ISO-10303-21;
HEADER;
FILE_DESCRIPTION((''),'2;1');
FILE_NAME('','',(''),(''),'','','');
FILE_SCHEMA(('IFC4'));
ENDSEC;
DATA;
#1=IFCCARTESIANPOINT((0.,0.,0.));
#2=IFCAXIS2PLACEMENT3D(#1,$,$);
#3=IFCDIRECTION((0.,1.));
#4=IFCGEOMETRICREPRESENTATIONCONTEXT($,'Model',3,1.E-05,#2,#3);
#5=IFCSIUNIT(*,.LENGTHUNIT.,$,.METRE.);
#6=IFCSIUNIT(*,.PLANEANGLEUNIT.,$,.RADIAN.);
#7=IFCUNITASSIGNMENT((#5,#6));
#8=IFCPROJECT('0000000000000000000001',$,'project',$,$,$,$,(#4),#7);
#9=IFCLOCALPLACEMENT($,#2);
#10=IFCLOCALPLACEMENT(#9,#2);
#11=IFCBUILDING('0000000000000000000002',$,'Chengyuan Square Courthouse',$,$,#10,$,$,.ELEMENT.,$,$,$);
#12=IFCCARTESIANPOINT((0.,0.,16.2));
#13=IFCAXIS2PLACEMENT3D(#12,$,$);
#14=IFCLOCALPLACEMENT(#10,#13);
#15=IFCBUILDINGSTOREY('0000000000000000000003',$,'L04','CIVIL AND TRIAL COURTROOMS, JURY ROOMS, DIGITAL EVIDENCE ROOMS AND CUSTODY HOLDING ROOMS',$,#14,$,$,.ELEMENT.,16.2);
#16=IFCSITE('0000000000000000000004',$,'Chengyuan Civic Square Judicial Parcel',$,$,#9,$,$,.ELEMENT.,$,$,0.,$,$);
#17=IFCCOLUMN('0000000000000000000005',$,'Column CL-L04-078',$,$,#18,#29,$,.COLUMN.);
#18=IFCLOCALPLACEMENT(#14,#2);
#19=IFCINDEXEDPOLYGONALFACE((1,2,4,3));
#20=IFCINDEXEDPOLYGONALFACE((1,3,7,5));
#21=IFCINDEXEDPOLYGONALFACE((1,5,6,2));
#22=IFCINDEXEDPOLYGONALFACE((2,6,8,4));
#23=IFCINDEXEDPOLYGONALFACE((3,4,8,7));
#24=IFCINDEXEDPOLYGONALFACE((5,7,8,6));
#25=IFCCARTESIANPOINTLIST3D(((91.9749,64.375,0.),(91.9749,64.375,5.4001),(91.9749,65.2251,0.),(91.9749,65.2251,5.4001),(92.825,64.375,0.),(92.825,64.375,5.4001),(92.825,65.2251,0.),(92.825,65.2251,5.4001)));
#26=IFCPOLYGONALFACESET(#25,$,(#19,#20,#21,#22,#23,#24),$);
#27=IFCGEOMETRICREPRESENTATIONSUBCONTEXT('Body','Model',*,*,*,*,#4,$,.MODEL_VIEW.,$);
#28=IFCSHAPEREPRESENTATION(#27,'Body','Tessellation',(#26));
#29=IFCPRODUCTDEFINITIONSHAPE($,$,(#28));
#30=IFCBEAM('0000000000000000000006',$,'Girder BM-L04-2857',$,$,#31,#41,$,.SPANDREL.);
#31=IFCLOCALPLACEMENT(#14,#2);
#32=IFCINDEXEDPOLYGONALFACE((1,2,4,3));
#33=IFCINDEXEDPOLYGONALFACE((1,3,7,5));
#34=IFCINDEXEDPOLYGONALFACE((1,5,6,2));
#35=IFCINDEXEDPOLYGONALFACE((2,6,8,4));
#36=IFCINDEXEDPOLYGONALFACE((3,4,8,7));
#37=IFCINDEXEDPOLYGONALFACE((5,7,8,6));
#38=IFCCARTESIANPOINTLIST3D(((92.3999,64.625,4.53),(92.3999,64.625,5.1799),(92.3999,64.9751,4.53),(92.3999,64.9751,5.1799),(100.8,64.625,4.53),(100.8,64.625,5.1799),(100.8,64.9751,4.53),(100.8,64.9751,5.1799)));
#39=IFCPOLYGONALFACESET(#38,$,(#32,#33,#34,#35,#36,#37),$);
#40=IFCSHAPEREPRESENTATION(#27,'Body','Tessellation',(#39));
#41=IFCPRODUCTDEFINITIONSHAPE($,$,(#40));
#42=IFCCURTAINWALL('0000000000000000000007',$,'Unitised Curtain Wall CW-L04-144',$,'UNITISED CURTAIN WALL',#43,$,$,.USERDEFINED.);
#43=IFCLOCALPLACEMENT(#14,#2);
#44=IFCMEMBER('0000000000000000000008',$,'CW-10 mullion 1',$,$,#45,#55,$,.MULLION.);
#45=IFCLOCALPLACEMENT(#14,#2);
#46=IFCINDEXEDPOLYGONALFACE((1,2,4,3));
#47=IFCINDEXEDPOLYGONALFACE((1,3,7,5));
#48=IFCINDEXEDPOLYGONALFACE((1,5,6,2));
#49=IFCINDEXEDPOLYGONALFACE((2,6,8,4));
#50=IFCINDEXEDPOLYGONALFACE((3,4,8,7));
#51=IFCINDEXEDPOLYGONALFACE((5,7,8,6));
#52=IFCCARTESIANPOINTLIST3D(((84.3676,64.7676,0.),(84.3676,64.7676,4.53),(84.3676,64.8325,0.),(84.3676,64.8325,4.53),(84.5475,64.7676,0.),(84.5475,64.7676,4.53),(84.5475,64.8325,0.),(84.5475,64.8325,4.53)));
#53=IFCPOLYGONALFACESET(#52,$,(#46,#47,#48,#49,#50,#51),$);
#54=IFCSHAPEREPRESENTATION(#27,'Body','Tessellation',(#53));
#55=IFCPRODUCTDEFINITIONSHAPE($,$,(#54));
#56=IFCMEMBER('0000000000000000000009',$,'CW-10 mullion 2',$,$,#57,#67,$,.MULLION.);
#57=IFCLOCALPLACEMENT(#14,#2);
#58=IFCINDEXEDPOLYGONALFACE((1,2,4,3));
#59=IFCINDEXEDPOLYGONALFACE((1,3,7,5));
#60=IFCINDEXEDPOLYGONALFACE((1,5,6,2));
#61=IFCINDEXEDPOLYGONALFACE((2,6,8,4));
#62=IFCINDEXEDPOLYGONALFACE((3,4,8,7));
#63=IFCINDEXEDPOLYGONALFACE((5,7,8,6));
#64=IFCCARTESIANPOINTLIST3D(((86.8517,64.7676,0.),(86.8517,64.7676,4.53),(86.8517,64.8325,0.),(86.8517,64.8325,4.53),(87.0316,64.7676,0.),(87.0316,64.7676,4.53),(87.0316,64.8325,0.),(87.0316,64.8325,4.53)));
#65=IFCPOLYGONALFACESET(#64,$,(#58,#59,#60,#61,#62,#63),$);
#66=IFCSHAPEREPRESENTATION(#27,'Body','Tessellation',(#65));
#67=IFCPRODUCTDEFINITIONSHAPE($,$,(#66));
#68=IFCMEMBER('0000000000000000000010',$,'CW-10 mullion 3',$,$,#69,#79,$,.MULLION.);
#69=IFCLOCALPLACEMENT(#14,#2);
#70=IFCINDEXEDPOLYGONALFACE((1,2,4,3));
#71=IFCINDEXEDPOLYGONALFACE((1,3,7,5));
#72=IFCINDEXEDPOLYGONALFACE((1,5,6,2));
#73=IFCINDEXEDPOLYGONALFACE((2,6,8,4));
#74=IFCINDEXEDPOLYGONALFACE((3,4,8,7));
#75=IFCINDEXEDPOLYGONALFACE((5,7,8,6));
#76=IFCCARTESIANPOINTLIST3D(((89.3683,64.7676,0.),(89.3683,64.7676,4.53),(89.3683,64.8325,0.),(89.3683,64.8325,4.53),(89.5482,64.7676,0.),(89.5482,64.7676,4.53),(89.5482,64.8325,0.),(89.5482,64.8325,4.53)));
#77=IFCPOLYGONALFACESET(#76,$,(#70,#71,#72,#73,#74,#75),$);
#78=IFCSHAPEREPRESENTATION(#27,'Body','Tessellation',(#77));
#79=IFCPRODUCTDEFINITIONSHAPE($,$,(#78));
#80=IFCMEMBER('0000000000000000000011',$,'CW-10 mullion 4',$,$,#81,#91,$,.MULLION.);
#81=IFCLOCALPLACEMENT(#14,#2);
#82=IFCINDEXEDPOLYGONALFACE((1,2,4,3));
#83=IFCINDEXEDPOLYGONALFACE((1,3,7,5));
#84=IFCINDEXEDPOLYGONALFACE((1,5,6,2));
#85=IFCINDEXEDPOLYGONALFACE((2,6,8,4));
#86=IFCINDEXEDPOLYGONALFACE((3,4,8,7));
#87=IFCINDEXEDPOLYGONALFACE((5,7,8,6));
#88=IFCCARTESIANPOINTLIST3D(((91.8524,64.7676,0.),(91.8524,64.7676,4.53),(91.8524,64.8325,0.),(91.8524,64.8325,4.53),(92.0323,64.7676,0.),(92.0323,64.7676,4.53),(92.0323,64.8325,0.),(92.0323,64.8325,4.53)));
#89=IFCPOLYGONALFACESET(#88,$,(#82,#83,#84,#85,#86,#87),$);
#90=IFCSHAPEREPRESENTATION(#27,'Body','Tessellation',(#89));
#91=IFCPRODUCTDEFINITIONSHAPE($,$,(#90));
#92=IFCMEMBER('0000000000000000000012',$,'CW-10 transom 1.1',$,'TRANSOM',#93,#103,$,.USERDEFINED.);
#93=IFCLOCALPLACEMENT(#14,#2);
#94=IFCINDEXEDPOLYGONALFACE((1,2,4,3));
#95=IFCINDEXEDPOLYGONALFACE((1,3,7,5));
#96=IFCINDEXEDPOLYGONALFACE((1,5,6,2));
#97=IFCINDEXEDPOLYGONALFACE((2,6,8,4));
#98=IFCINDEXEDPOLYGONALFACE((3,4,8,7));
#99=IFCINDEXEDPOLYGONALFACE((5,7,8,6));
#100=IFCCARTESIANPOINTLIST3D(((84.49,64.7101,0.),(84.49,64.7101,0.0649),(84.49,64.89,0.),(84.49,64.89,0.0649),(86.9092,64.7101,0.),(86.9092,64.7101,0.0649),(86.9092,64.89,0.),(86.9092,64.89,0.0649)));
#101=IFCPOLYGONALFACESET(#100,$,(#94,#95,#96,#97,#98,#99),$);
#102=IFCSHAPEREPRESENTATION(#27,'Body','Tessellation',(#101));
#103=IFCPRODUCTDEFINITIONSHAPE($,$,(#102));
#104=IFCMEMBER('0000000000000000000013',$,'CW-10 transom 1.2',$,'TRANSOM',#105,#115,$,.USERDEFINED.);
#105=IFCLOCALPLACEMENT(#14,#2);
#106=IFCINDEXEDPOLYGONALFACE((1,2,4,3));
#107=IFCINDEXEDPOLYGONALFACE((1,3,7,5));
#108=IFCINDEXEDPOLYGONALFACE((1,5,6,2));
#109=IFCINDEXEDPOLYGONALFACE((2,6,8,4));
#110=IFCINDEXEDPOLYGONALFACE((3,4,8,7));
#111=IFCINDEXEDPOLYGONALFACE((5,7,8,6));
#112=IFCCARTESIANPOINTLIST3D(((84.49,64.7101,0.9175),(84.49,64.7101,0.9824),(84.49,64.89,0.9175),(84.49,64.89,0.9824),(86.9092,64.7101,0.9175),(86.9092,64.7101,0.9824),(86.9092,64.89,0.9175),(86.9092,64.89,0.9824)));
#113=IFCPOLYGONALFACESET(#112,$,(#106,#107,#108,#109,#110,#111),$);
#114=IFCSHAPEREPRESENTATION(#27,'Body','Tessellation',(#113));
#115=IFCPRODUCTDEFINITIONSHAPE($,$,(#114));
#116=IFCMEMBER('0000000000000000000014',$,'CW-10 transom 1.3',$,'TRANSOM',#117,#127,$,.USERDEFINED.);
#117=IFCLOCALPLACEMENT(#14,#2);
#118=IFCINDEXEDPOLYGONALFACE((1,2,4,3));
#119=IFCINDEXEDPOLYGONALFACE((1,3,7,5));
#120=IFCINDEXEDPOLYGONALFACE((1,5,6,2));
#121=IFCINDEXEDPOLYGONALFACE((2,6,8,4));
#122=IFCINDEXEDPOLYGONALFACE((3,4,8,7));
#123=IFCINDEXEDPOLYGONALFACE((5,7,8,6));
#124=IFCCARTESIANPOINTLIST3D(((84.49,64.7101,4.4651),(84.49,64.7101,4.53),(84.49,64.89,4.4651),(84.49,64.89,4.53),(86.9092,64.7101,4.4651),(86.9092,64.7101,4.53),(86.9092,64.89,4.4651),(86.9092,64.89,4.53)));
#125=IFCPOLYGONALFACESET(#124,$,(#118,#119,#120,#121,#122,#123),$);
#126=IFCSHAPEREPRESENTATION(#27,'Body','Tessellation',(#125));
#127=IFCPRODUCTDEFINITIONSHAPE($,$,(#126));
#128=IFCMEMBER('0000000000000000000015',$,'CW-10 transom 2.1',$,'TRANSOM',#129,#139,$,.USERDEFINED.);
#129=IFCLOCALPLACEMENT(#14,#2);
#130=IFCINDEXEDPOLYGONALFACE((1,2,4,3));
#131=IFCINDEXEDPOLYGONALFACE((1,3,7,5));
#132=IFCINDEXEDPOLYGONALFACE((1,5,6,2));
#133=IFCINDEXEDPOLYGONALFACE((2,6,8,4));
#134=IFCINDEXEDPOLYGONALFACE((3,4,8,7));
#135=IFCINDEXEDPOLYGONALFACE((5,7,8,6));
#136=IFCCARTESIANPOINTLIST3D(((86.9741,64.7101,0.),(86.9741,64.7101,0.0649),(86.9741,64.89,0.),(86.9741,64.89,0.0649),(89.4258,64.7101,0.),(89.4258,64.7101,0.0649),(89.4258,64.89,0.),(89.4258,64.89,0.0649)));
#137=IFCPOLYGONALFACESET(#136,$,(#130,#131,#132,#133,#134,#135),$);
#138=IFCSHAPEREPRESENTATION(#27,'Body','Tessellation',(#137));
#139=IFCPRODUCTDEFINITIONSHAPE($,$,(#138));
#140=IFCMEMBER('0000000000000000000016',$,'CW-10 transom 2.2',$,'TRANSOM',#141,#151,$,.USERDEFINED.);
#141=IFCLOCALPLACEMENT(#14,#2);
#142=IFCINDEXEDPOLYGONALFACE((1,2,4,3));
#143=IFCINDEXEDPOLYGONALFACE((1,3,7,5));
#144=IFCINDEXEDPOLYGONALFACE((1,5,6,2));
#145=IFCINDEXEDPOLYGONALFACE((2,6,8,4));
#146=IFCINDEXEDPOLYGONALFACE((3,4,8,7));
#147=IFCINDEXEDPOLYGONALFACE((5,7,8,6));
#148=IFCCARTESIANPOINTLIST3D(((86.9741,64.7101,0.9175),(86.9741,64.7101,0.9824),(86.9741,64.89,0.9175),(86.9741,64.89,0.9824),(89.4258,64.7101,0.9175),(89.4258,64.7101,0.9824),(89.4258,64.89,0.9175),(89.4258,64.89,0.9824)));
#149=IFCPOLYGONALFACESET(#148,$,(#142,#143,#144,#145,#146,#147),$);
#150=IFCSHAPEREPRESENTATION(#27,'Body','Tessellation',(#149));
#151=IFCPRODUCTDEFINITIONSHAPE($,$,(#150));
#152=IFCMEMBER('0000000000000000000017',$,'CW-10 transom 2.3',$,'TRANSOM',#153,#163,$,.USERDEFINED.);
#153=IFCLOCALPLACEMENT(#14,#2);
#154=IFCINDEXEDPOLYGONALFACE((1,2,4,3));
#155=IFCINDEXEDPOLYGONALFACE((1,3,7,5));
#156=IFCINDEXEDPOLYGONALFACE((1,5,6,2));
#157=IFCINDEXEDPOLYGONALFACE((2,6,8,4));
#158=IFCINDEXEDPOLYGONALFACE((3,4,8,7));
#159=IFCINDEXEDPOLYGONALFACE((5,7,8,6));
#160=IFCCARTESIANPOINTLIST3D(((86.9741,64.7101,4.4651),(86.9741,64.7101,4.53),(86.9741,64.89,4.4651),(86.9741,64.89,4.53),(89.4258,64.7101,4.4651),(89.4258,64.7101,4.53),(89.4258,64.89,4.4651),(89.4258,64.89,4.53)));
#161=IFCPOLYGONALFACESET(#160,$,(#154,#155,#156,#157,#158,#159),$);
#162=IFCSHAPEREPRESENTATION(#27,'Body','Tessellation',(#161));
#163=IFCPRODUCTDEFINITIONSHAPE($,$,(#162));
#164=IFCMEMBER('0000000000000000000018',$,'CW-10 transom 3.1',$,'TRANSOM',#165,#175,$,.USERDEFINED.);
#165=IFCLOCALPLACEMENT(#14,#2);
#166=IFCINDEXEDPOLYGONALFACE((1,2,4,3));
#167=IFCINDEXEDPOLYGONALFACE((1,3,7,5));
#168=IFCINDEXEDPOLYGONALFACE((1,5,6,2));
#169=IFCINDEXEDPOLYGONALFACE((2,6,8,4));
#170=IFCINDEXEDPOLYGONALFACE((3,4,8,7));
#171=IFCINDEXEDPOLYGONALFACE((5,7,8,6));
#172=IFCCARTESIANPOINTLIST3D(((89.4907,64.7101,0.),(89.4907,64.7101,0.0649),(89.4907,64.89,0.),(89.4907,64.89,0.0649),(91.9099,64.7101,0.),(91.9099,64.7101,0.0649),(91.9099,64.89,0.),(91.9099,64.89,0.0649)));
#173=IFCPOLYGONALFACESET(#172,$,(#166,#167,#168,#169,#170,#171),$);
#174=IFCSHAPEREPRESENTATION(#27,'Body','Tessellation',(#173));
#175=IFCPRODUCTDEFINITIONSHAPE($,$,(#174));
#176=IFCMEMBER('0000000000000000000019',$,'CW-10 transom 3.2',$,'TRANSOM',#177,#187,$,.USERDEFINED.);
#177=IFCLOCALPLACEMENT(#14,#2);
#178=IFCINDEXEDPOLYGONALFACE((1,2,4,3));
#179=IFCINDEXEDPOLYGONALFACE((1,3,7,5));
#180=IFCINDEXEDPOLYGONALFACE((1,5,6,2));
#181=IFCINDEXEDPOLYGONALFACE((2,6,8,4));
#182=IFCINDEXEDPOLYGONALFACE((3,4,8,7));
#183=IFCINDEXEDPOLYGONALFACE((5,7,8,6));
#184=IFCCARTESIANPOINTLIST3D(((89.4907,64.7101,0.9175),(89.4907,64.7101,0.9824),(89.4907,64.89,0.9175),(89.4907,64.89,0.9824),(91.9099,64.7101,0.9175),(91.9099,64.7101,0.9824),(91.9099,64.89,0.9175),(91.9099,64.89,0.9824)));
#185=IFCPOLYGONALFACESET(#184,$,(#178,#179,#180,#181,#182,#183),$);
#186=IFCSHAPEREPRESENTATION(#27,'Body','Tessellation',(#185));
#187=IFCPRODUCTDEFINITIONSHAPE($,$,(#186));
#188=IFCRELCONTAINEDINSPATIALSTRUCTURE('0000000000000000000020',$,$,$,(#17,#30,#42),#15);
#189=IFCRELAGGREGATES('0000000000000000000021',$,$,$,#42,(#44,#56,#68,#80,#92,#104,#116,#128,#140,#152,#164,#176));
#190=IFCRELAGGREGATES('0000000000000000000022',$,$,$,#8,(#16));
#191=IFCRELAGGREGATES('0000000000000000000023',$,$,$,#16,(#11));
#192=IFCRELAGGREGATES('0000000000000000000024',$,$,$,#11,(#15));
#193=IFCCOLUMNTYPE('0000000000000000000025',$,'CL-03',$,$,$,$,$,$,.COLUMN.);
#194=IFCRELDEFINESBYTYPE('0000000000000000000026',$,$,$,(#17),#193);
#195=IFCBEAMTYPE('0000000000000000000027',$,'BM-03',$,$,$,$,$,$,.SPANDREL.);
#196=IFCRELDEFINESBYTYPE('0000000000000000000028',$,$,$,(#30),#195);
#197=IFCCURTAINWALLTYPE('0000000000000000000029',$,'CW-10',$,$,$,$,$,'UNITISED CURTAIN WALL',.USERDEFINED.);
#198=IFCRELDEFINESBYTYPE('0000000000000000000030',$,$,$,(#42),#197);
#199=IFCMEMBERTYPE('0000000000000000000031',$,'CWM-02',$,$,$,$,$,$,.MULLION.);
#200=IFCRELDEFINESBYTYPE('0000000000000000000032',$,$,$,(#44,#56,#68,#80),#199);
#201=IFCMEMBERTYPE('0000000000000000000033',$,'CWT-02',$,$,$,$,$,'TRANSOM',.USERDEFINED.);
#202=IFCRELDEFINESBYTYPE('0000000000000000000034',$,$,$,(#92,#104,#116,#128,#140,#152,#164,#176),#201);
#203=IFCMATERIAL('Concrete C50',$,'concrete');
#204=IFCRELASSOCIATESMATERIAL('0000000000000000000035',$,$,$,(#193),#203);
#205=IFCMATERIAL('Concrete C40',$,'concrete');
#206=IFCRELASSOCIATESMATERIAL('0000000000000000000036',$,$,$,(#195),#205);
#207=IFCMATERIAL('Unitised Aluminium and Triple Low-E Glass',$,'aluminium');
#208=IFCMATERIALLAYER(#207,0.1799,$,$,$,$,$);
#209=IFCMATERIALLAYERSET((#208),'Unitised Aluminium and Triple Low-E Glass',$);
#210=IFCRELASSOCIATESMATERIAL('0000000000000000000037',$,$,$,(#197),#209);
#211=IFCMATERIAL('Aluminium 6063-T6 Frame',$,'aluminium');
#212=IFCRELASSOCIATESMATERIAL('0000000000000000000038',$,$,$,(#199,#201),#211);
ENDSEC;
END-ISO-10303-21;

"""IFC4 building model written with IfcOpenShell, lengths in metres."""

from ifc_helpers import new_model, si_unit, direction, frame, origin, origin_2d, place, context, subcontext, project, spatial, rectangle, extrude, material, layer, layer_set, material_profile, profile_set, type_object, element, aggregate, save


model = new_model("IFC4")

# Units and contexts
model_context = context("Model", 3, precision=1e-05, world=origin(), true_north=direction((0.0, 1.0)))
body_context = subcontext(model_context, "Body", "Model", "MODEL_VIEW")
ifc_project = project(units=[si_unit("LENGTHUNIT", "METRE"), si_unit("PLANEANGLEUNIT", "RADIAN")], contexts=[model_context])

# Site, building, storey
site_placement = place(None, origin())
site = spatial("IfcSite", under=ifc_project, at=site_placement, Name="Chengyuan Civic Square Judicial Parcel", CompositionType="ELEMENT", RefElevation=0.0)
building_placement = place(site_placement, origin())
building = spatial("IfcBuilding", under=site, at=building_placement, Name="Chengyuan Square Courthouse", CompositionType="ELEMENT")
storey_placement = place(building_placement, frame((0.0, 0.0, 16.2)))
storey = spatial("IfcBuildingStorey", under=building, at=storey_placement, Name="L04", Description="CIVIL AND TRIAL COURTROOMS, JURY ROOMS, DIGITAL EVIDENCE ROOMS AND CUSTODY HOLDING ROOMS", CompositionType="ELEMENT", Elevation=16.2)

# Column
ifc_material_1 = material(Name="Concrete C50", Category="concrete")
ifc_material_profile_1 = material_profile(ifc_material_1, rectangle(XDim=0.8501, YDim=0.8501, at=origin_2d()), Name="RC-COL-850x850")
ifc_profile_set_1 = profile_set([ifc_material_profile_1], Name="Concrete C50")
column_type = type_object("IfcColumnType", Name="CL-03", PredefinedType="COLUMN", material=ifc_profile_set_1)
column_placement = place(storey_placement, frame((92.3999, 64.8, 0.0), z_axis=(0.0, 0.0, 1.0), x_axis=(1.0, 0.0, 0.0)))
element("IfcColumn", 1, at=column_placement, inside=storey, type_object=column_type, Name="Column CL-L04-078", PredefinedType="COLUMN", context=body_context, shape_type="SweptSolid", body=[
    extrude(rectangle(XDim=0.8501, YDim=0.8501, at=origin_2d()), origin(), (0.0, 0.0, 1.0), 5.4001),
])

# Beam
ifc_material_2 = material(Name="Concrete C40", Category="concrete")
ifc_material_profile_2 = material_profile(ifc_material_2, rectangle(XDim=0.3501, YDim=0.6499, at=origin_2d()), Name="RC-BM-350x650")
ifc_profile_set_2 = profile_set([ifc_material_profile_2], Name="Concrete C40")
beam_type_1 = type_object("IfcBeamType", Name="BM-03", PredefinedType="SPANDREL", material=ifc_profile_set_2)
beam_1_placement = place(storey_placement, frame((92.3999, 64.8, 4.855), z_axis=(1.0, 0.0, 0.0), x_axis=(0.0, 1.0, 0.0)))
element("IfcBeam", 2, at=beam_1_placement, inside=storey, type_object=beam_type_1, Name="Girder BM-L04-2857", PredefinedType="SPANDREL", context=body_context, shape_type="SweptSolid", body=[
    extrude(rectangle(XDim=0.3501, YDim=0.6499, at=origin_2d()), origin(), (0.0, 0.0, 1.0), 8.4001),
])

# Curtain wall, members
ifc_material_3 = material(Name="Unitised Aluminium and Triple Low-E Glass", Category="aluminium")
ifc_layer_1 = layer(ifc_material_3, 0.1799)
ifc_layer_set_1 = layer_set([ifc_layer_1], Name="Unitised Aluminium and Triple Low-E Glass")
curtain_wall_type = type_object("IfcCurtainWallType", Name="CW-10", ElementType="UNITISED CURTAIN WALL", PredefinedType="USERDEFINED", material=ifc_layer_set_1)
curtain_wall_placement = place(storey_placement, origin())
curtain_wall = element("IfcCurtainWall", 3, at=curtain_wall_placement, inside=storey, type_object=curtain_wall_type, Name="Unitised Curtain Wall CW-L04-144", ObjectType="UNITISED CURTAIN WALL", PredefinedType="USERDEFINED")
ifc_material_4 = material(Name="Aluminium 6063-T6 Frame", Category="aluminium")
ifc_material_profile_3 = material_profile(ifc_material_4, rectangle(XDim=0.0649, YDim=0.1799, at=origin_2d()), Name="CW-MUL-65x180")
ifc_profile_set_3 = profile_set([ifc_material_profile_3], Name="Aluminium 6063-T6 Frame")
member_type_1 = type_object("IfcMemberType", Name="CWM-02", PredefinedType="MULLION", material=ifc_profile_set_3)
member_1_placement = place(storey_placement, frame((84.4575, 64.8, 0.0), z_axis=(0.0, 0.0, 1.0), x_axis=(0.0, 1.0, 0.0)))
member_1 = element("IfcMember", 4, at=member_1_placement, type_object=member_type_1, Name="CW-10 mullion 1", PredefinedType="MULLION", context=body_context, shape_type="SweptSolid", body=[
    extrude(rectangle(XDim=0.0649, YDim=0.1799, at=origin_2d()), origin(), (0.0, 0.0, 1.0), 4.53),
])
member_2_placement = place(storey_placement, frame((86.9417, 64.8, 0.0), z_axis=(0.0, 0.0, 1.0), x_axis=(0.0, 1.0, 0.0)))
member_2 = element("IfcMember", 5, at=member_2_placement, type_object=member_type_1, Name="CW-10 mullion 2", PredefinedType="MULLION", context=body_context, shape_type="SweptSolid", body=[
    extrude(rectangle(XDim=0.0649, YDim=0.1799, at=origin_2d()), origin(), (0.0, 0.0, 1.0), 4.53),
])
member_3_placement = place(storey_placement, frame((89.4583, 64.8, 0.0), z_axis=(0.0, 0.0, 1.0), x_axis=(0.0, 1.0, 0.0)))
member_3 = element("IfcMember", 6, at=member_3_placement, type_object=member_type_1, Name="CW-10 mullion 3", PredefinedType="MULLION", context=body_context, shape_type="SweptSolid", body=[
    extrude(rectangle(XDim=0.0649, YDim=0.1799, at=origin_2d()), origin(), (0.0, 0.0, 1.0), 4.53),
])
member_4_placement = place(storey_placement, frame((91.9424, 64.8, 0.0), z_axis=(0.0, 0.0, 1.0), x_axis=(0.0, 1.0, 0.0)))
member_4 = element("IfcMember", 7, at=member_4_placement, type_object=member_type_1, Name="CW-10 mullion 4", PredefinedType="MULLION", context=body_context, shape_type="SweptSolid", body=[
    extrude(rectangle(XDim=0.0649, YDim=0.1799, at=origin_2d()), origin(), (0.0, 0.0, 1.0), 4.53),
])
ifc_material_profile_4 = material_profile(ifc_material_4, rectangle(XDim=0.1799, YDim=0.0649, at=origin_2d()), Name="CW-TRN-65x140")
ifc_profile_set_4 = profile_set([ifc_material_profile_4], Name="Aluminium 6063-T6 Frame")
member_type_2 = type_object("IfcMemberType", Name="CWT-02", ElementType="TRANSOM", PredefinedType="USERDEFINED", material=ifc_profile_set_4)
member_5_placement = place(storey_placement, frame((84.49, 64.8, 0.0325), z_axis=(1.0, 0.0, 0.0), x_axis=(0.0, 1.0, 0.0)))
member_5 = element("IfcMember", 8, at=member_5_placement, type_object=member_type_2, Name="CW-10 transom 1.1", ObjectType="TRANSOM", PredefinedType="USERDEFINED", context=body_context, shape_type="SweptSolid", body=[
    extrude(rectangle(XDim=0.1799, YDim=0.0649, at=origin_2d()), origin(), (0.0, 0.0, 1.0), 2.4192),
])
member_6_placement = place(storey_placement, frame((84.49, 64.8, 0.95), z_axis=(1.0, 0.0, 0.0), x_axis=(0.0, 1.0, 0.0)))
member_6 = element("IfcMember", 9, at=member_6_placement, type_object=member_type_2, Name="CW-10 transom 1.2", ObjectType="TRANSOM", PredefinedType="USERDEFINED", context=body_context, shape_type="SweptSolid", body=[
    extrude(rectangle(XDim=0.1799, YDim=0.0649, at=origin_2d()), origin(), (0.0, 0.0, 1.0), 2.4192),
])
member_7_placement = place(storey_placement, frame((84.49, 64.8, 4.4976), z_axis=(1.0, 0.0, 0.0), x_axis=(0.0, 1.0, 0.0)))
member_7 = element("IfcMember", 10, at=member_7_placement, type_object=member_type_2, Name="CW-10 transom 1.3", ObjectType="TRANSOM", PredefinedType="USERDEFINED", context=body_context, shape_type="SweptSolid", body=[
    extrude(rectangle(XDim=0.1799, YDim=0.0649, at=origin_2d()), origin(), (0.0, 0.0, 1.0), 2.4192),
])
member_8_placement = place(storey_placement, frame((86.9741, 64.8, 0.0325), z_axis=(1.0, 0.0, 0.0), x_axis=(0.0, 1.0, 0.0)))
member_8 = element("IfcMember", 11, at=member_8_placement, type_object=member_type_2, Name="CW-10 transom 2.1", ObjectType="TRANSOM", PredefinedType="USERDEFINED", context=body_context, shape_type="SweptSolid", body=[
    extrude(rectangle(XDim=0.1799, YDim=0.0649, at=origin_2d()), origin(), (0.0, 0.0, 1.0), 2.4517),
])
member_9_placement = place(storey_placement, frame((86.9741, 64.8, 0.95), z_axis=(1.0, 0.0, 0.0), x_axis=(0.0, 1.0, 0.0)))
member_9 = element("IfcMember", 12, at=member_9_placement, type_object=member_type_2, Name="CW-10 transom 2.2", ObjectType="TRANSOM", PredefinedType="USERDEFINED", context=body_context, shape_type="SweptSolid", body=[
    extrude(rectangle(XDim=0.1799, YDim=0.0649, at=origin_2d()), origin(), (0.0, 0.0, 1.0), 2.4517),
])
member_10_placement = place(storey_placement, frame((86.9741, 64.8, 4.4976), z_axis=(1.0, 0.0, 0.0), x_axis=(0.0, 1.0, 0.0)))
member_10 = element("IfcMember", 13, at=member_10_placement, type_object=member_type_2, Name="CW-10 transom 2.3", ObjectType="TRANSOM", PredefinedType="USERDEFINED", context=body_context, shape_type="SweptSolid", body=[
    extrude(rectangle(XDim=0.1799, YDim=0.0649, at=origin_2d()), origin(), (0.0, 0.0, 1.0), 2.4517),
])
member_11_placement = place(storey_placement, frame((89.4907, 64.8, 0.0325), z_axis=(1.0, 0.0, 0.0), x_axis=(0.0, 1.0, 0.0)))
member_11 = element("IfcMember", 14, at=member_11_placement, type_object=member_type_2, Name="CW-10 transom 3.1", ObjectType="TRANSOM", PredefinedType="USERDEFINED", context=body_context, shape_type="SweptSolid", body=[
    extrude(rectangle(XDim=0.1799, YDim=0.0649, at=origin_2d()), origin(), (0.0, 0.0, 1.0), 2.4192),
])
member_12_placement = place(storey_placement, frame((89.4907, 64.8, 0.95), z_axis=(1.0, 0.0, 0.0), x_axis=(0.0, 1.0, 0.0)))
member_12 = element("IfcMember", 15, at=member_12_placement, type_object=member_type_2, Name="CW-10 transom 3.2", ObjectType="TRANSOM", PredefinedType="USERDEFINED", context=body_context, shape_type="SweptSolid", body=[
    extrude(rectangle(XDim=0.1799, YDim=0.0649, at=origin_2d()), origin(), (0.0, 0.0, 1.0), 2.4192),
])

aggregate(curtain_wall, [member_1, member_2, member_3, member_4, member_5, member_6, member_7, member_8, member_9, member_10, member_11, member_12])

save(model, "model.ifc")
